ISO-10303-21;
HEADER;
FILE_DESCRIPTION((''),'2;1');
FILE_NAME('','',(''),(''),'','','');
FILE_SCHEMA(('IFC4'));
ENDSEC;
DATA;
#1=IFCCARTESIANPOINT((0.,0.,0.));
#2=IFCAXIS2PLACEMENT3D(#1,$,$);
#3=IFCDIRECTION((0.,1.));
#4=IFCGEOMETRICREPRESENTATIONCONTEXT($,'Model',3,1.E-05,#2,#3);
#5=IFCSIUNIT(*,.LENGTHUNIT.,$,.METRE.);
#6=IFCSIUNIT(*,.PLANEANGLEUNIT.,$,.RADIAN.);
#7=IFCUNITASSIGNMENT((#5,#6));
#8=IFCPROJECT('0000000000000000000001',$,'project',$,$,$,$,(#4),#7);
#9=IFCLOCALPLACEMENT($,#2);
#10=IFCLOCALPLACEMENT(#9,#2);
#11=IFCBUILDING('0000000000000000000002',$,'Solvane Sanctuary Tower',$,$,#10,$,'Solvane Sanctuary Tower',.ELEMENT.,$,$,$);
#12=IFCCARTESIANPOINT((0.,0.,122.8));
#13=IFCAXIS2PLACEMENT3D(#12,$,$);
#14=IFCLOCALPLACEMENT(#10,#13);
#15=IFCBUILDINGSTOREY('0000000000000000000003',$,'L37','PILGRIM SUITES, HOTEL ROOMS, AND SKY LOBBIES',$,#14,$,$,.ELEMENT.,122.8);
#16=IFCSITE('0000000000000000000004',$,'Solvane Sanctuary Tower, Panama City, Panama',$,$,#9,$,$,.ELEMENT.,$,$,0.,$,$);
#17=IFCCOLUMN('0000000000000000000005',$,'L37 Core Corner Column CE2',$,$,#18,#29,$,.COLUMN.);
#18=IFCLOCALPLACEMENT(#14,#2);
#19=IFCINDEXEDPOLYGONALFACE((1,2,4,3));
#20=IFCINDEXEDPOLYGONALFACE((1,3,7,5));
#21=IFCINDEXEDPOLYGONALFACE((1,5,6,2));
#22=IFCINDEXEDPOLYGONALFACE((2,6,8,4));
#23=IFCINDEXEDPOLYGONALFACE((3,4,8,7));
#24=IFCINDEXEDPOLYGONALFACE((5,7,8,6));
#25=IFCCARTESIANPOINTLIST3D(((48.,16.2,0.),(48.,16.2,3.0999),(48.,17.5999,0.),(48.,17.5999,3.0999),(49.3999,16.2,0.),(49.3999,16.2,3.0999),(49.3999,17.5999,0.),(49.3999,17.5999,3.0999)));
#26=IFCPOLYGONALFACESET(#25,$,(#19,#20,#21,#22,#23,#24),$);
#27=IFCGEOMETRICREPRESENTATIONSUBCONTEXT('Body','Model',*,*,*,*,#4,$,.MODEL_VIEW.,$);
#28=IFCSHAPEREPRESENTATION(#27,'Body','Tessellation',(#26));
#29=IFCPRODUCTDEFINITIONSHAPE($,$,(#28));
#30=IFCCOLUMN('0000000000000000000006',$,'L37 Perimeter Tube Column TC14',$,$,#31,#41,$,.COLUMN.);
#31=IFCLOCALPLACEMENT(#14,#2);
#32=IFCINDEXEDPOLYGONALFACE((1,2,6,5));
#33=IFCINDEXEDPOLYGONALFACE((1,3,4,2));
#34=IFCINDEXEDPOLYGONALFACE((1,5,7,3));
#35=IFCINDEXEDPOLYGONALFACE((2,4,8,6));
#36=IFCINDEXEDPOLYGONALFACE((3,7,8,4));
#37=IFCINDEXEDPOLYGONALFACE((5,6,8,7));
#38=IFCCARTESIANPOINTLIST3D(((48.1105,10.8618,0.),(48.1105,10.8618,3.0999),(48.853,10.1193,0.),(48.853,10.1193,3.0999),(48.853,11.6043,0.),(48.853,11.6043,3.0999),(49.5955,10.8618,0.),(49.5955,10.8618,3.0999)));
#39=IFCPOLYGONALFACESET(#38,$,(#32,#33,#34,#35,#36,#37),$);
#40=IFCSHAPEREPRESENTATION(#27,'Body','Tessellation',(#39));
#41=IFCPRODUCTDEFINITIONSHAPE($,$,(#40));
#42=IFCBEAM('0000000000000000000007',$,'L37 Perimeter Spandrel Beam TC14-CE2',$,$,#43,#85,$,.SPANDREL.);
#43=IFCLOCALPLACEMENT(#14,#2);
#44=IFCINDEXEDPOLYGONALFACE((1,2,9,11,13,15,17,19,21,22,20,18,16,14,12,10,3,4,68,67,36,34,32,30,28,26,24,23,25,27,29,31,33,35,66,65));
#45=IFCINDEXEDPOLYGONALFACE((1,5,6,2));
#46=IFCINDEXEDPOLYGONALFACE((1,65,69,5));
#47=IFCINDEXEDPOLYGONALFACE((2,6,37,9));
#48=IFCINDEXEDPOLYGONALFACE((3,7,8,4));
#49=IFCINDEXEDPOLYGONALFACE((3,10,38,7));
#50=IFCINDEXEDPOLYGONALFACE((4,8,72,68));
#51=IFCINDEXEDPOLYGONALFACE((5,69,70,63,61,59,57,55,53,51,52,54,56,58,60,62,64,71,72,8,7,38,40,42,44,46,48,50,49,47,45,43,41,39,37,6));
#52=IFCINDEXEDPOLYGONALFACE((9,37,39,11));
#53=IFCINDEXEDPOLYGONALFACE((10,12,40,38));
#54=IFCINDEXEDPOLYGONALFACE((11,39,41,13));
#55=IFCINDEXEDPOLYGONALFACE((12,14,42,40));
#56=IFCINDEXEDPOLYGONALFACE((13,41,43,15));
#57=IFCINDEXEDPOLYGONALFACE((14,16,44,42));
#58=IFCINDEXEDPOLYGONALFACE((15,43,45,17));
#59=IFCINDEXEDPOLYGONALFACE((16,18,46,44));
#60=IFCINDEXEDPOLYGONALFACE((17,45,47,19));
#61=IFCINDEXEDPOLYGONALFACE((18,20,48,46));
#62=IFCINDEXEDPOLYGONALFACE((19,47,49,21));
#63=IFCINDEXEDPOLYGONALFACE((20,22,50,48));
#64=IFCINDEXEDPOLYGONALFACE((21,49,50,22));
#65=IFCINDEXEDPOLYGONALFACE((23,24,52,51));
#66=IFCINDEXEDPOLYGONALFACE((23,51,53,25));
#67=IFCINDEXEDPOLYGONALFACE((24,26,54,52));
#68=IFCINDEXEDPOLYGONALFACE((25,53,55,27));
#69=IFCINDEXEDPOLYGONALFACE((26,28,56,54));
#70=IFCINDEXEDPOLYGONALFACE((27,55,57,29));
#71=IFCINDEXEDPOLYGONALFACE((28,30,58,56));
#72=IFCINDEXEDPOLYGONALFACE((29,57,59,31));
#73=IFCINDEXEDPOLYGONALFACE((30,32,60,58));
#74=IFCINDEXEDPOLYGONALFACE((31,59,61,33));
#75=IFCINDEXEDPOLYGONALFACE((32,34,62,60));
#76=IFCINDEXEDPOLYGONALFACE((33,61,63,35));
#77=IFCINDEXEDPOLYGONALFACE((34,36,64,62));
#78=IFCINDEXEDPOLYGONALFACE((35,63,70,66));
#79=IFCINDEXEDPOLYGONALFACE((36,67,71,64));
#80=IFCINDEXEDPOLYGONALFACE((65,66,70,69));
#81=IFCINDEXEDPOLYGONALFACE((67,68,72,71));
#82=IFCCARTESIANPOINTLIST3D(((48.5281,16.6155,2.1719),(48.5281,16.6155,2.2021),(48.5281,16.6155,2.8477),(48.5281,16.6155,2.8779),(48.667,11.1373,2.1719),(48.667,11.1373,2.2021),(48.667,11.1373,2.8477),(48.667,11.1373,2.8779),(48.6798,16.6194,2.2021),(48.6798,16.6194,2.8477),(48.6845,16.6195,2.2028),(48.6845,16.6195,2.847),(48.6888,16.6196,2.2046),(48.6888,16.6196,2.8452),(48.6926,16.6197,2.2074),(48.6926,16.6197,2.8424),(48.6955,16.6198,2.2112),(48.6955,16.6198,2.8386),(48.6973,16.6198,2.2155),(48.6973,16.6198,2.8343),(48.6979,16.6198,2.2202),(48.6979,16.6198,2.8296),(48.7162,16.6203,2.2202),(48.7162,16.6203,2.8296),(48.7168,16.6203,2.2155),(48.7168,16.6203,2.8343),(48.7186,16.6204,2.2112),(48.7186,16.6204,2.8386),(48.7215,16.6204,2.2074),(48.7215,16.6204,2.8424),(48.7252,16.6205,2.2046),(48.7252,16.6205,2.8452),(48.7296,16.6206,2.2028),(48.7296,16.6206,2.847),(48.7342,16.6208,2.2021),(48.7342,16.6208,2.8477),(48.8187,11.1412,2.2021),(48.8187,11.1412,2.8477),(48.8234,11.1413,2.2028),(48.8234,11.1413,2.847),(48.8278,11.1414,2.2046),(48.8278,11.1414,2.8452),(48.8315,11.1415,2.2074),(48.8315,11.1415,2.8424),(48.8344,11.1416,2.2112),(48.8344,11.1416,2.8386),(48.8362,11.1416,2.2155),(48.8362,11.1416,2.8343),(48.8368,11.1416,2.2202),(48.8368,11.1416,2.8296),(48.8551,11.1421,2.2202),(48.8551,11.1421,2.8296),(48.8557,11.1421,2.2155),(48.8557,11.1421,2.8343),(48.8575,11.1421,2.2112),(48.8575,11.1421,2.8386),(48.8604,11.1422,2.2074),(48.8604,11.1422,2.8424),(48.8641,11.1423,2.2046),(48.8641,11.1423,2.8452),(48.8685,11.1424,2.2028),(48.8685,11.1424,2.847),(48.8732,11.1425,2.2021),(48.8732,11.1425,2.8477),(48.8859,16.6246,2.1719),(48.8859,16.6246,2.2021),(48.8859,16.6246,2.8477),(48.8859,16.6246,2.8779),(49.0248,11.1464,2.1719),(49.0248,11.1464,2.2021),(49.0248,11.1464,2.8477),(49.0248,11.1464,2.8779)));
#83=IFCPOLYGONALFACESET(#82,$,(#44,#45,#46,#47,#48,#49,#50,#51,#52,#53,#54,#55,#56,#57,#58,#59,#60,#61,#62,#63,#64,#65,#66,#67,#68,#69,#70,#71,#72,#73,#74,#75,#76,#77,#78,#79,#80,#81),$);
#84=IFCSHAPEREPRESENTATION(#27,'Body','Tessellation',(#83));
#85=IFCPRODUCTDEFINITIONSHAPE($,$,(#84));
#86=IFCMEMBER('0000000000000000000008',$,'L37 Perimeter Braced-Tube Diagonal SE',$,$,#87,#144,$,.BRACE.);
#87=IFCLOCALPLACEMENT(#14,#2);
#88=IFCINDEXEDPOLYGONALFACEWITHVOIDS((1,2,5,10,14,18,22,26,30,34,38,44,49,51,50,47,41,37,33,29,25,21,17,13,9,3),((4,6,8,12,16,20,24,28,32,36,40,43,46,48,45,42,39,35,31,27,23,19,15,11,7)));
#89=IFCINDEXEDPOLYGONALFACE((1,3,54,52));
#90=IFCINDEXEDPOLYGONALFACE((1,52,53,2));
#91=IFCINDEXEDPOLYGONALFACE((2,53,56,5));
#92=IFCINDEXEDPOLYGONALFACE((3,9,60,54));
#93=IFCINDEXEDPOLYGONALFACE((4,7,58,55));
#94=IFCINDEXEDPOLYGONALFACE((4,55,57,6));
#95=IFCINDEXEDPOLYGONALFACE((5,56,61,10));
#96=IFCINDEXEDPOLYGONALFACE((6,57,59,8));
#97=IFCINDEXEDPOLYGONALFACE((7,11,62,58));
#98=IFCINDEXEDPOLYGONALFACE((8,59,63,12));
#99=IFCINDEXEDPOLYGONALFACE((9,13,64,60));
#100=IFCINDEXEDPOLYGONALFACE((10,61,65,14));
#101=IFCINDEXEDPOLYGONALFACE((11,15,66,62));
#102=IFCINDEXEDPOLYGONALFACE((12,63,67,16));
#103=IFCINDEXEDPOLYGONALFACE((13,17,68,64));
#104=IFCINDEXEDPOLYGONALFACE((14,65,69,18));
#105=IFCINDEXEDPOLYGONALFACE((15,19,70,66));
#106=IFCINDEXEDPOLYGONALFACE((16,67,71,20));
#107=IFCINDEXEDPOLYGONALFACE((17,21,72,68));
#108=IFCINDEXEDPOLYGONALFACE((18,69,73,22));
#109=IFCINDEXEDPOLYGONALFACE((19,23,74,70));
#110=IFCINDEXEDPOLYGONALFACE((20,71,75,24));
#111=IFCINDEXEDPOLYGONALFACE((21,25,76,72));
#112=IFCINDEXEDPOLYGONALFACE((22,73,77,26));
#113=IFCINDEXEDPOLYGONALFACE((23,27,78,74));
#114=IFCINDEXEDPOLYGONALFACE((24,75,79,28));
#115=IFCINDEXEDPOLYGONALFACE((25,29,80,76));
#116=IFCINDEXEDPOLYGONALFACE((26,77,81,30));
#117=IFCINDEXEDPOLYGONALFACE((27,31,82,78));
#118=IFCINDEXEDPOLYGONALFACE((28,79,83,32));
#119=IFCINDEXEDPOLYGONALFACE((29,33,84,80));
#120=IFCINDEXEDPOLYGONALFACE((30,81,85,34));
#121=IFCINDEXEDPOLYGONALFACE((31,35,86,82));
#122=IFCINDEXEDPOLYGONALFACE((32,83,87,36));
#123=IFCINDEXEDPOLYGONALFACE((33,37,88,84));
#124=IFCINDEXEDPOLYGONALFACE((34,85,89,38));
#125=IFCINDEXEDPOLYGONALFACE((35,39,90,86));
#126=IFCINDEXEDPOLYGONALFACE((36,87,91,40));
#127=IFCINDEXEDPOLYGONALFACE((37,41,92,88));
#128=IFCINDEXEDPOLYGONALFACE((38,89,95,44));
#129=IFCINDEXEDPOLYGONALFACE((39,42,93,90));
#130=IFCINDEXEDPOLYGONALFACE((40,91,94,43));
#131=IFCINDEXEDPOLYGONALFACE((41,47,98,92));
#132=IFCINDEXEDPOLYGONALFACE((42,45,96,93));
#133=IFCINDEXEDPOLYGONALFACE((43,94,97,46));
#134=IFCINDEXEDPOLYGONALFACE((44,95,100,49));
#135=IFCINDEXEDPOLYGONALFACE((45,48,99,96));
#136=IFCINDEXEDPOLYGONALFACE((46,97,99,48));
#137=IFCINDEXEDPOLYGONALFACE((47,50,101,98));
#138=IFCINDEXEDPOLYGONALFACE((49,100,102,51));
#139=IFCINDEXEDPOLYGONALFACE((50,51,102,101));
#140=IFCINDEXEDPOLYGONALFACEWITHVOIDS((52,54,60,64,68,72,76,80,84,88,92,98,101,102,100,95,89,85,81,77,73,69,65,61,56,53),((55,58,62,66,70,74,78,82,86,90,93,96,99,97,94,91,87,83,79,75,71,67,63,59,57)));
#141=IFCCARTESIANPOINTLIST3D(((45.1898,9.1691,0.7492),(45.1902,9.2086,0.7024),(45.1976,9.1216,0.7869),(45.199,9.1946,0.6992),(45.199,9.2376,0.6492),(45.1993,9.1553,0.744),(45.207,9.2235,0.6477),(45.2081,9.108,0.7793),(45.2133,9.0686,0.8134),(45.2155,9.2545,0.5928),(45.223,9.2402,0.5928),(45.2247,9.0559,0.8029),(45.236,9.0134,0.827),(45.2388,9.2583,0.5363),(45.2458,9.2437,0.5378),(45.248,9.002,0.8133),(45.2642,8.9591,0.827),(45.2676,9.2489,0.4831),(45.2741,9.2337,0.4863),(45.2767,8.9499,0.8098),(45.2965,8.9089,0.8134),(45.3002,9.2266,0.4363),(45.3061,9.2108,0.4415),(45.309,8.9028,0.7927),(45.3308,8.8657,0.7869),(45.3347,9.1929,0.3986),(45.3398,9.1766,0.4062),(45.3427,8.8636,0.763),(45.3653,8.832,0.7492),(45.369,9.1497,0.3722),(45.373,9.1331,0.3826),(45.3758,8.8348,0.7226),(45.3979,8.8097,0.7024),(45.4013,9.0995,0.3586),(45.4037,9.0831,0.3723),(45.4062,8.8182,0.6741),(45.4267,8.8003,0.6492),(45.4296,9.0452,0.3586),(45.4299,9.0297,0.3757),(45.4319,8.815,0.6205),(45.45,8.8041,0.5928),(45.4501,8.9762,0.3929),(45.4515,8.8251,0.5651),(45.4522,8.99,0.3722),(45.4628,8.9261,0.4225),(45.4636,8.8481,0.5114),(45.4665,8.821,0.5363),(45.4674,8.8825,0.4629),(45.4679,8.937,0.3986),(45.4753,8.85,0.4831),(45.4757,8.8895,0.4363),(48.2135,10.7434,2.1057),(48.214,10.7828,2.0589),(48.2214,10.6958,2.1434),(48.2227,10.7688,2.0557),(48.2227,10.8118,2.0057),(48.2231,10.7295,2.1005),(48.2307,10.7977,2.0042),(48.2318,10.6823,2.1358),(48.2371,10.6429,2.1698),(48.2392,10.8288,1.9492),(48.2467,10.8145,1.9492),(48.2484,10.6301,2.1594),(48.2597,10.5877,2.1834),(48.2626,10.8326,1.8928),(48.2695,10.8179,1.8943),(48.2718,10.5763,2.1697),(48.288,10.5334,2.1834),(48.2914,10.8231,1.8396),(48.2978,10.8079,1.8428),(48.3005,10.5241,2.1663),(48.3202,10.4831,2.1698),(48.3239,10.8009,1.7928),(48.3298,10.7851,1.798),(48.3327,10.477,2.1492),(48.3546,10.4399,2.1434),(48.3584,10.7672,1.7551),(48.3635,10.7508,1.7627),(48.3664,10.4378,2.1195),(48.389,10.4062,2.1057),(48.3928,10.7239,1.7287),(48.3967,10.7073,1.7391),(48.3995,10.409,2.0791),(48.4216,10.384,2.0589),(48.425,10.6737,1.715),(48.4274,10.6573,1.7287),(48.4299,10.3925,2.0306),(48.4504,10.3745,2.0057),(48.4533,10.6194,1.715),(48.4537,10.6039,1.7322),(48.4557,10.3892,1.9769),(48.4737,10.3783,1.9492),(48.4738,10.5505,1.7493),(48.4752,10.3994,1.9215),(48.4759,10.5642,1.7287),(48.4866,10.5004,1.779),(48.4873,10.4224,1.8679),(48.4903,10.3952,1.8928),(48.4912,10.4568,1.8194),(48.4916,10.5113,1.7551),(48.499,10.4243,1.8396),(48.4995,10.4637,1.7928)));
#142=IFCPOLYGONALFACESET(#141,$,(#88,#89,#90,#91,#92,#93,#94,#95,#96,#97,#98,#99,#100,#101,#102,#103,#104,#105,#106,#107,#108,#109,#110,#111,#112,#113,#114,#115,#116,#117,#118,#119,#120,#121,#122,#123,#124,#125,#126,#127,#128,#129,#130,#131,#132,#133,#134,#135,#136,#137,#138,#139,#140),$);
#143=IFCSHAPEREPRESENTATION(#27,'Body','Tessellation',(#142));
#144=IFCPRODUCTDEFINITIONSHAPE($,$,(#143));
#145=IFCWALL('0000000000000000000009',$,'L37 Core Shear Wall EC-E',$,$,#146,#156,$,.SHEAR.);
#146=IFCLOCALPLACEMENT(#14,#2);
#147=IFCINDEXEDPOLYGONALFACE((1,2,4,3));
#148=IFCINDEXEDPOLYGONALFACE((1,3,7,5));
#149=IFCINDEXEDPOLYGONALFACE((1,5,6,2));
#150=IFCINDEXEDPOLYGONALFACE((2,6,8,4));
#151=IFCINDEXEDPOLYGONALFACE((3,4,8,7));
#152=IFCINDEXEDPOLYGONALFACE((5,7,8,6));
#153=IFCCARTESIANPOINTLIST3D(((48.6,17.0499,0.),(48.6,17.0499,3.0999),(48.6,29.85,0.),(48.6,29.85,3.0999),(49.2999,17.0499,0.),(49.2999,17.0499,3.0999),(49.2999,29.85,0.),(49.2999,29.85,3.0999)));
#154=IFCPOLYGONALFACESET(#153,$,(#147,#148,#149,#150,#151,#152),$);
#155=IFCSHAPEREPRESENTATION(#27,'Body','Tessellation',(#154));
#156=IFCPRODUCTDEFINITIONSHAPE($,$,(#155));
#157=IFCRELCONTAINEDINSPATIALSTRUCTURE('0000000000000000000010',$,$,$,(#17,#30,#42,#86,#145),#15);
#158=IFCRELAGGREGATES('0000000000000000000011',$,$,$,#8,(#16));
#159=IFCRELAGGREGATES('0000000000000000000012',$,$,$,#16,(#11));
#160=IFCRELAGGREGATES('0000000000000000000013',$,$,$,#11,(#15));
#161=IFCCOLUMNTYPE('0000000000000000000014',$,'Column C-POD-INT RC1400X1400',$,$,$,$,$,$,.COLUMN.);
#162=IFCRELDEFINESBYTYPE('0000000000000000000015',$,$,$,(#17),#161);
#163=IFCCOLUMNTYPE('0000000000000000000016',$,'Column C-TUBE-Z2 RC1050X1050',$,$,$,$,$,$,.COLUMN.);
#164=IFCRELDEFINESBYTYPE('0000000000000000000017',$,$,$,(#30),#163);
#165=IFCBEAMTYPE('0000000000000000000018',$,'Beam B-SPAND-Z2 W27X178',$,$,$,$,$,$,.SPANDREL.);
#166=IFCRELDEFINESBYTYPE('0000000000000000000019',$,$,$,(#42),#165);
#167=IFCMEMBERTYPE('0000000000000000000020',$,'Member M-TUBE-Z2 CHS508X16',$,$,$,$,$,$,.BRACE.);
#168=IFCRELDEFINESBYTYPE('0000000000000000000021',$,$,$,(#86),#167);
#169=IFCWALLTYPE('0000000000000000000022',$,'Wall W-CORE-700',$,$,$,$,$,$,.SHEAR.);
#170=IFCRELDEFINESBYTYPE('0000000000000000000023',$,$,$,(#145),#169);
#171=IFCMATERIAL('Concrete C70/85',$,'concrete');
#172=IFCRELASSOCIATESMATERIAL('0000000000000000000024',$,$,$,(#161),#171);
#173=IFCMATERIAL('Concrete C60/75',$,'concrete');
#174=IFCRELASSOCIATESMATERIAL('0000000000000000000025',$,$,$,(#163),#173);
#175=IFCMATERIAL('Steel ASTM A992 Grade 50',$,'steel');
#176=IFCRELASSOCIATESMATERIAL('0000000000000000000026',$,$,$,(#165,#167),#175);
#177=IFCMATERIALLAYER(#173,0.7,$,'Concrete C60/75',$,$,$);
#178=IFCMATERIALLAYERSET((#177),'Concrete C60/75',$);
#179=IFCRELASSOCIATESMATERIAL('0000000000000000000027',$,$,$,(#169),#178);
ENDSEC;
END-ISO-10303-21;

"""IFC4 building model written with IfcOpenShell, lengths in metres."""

from ifc_helpers import new_model, si_unit, direction, frame, frame_2d, origin, origin_2d, place, context, subcontext, project, spatial, rectangle, hollow_circle, i_section, extrude, material, layer, layer_set, material_profile, profile_set, type_object, element, save


model = new_model("IFC4")

# Units and contexts
model_context = context("Model", 3, precision=1e-05, world=origin(), true_north=direction((0.0, 1.0)))
body_context = subcontext(model_context, "Body", "Model", "MODEL_VIEW")
ifc_project = project(units=[si_unit("LENGTHUNIT", "METRE"), si_unit("PLANEANGLEUNIT", "RADIAN")], contexts=[model_context])

# Site, building, storey
site_placement = place(None, origin())
site = spatial("IfcSite", under=ifc_project, at=site_placement, Name="Solvane Sanctuary Tower, Panama City, Panama", CompositionType="ELEMENT", RefElevation=0.0)
building_placement = place(site_placement, origin())
building = spatial("IfcBuilding", under=site, at=building_placement, Name="Solvane Sanctuary Tower", LongName="Solvane Sanctuary Tower", CompositionType="ELEMENT")
storey_placement = place(building_placement, frame((0.0, 0.0, 122.8)))
storey = spatial("IfcBuildingStorey", under=building, at=storey_placement, Name="L37", Description="PILGRIM SUITES, HOTEL ROOMS, AND SKY LOBBIES", CompositionType="ELEMENT", Elevation=122.8)

# Columns
ifc_material_1 = material(Name="Concrete C70/85", Category="concrete")
ifc_material_profile_1 = material_profile(ifc_material_1, rectangle(XDim=1.3999, YDim=1.3999, at=origin_2d()), Name="RC1400X1400")
ifc_profile_set_1 = profile_set([ifc_material_profile_1], Name="Concrete C70/85")
column_type_1 = type_object("IfcColumnType", Name="Column C-POD-INT RC1400X1400", PredefinedType="COLUMN", material=ifc_profile_set_1)
column_1_placement = place(storey_placement, frame((48.7, 16.8999, 0.0), z_axis=(0.0, 0.0, 1.0), x_axis=(1.0, 0.0, 0.0)))
element("IfcColumn", 1, at=column_1_placement, inside=storey, type_object=column_type_1, Name="L37 Core Corner Column CE2", PredefinedType="COLUMN", context=body_context, shape_type="SweptSolid", body=[
    extrude(rectangle(XDim=1.3999, YDim=1.3999, at=origin_2d()), origin(), (0.0, 0.0, 1.0), 3.0999),
])
ifc_material_2 = material(Name="Concrete C60/75", Category="concrete")
ifc_material_profile_2 = material_profile(ifc_material_2, rectangle(XDim=1.05, YDim=1.05, at=origin_2d()), Name="RC1050X1050")
ifc_profile_set_2 = profile_set([ifc_material_profile_2], Name="Concrete C60/75")
column_type_2 = type_object("IfcColumnType", Name="Column C-TUBE-Z2 RC1050X1050", PredefinedType="COLUMN", material=ifc_profile_set_2)
column_2_placement = place(storey_placement, frame((48.853, 10.8618, 0.0), z_axis=(0.0, 0.0, 1.0), x_axis=(0.707107, -0.707107, 0.0)))
element("IfcColumn", 2, at=column_2_placement, inside=storey, type_object=column_type_2, Name="L37 Perimeter Tube Column TC14", PredefinedType="COLUMN", context=body_context, shape_type="SweptSolid", body=[
    extrude(rectangle(XDim=1.05, YDim=1.05, at=origin_2d()), origin(), (0.0, 0.0, 1.0), 3.0999),
])

# Beam
ifc_material_3 = material(Name="Steel ASTM A992 Grade 50", Category="steel")
ifc_material_profile_3 = material_profile(ifc_material_3, i_section(OverallWidth=0.3579, OverallDepth=0.7061, WebThickness=0.0183, FlangeThickness=0.0303, FilletRadius=0.0181, at=origin_2d()), Name="W27X178")
ifc_profile_set_3 = profile_set([ifc_material_profile_3], Name="Steel ASTM A992 Grade 50")
beam_type = type_object("IfcBeamType", Name="Beam B-SPAND-Z2 W27X178", PredefinedType="SPANDREL", material=ifc_profile_set_3)
beam_placement = place(storey_placement, frame((48.8459, 11.1418, 2.5249), z_axis=(-0.025349, 0.999679, 0.0), x_axis=(-0.999679, -0.025349, 0.0)))
element("IfcBeam", 3, at=beam_placement, inside=storey, type_object=beam_type, Name="L37 Perimeter Spandrel Beam TC14-CE2", PredefinedType="SPANDREL", context=body_context, shape_type="SweptSolid", body=[
    extrude(i_section(OverallWidth=0.3579, OverallDepth=0.7061, WebThickness=0.0183, FlangeThickness=0.0303, FilletRadius=0.0181, at=origin_2d()), origin(), (0.0, 0.0, 1.0), 5.48),
])

# Member
ifc_material_profile_4 = material_profile(ifc_material_3, hollow_circle(Radius=0.2539, WallThickness=0.0161, at=origin_2d()), Name="CHS508X16")
ifc_profile_set_4 = profile_set([ifc_material_profile_4], Name="Steel ASTM A992 Grade 50")
member_type = type_object("IfcMemberType", Name="Member M-TUBE-Z2 CHS508X16", PredefinedType="BRACE", material=ifc_profile_set_4)
member_placement = place(storey_placement, frame((45.3328, 9.0293, 0.5928), z_axis=(0.824141, 0.429072, 0.369715), x_axis=(-0.461792, 0.886988, 0.0)))
element("IfcMember", 4, at=member_placement, inside=storey, type_object=member_type, Name="L37 Perimeter Braced-Tube Diagonal SE", PredefinedType="BRACE", context=body_context, shape_type="SweptSolid", body=[
    extrude(hollow_circle(Radius=0.2539, WallThickness=0.0161, at=origin_2d()), origin(), (0.0, 0.0, 1.0), 3.6689),
])

# Wall
ifc_layer_1 = layer(ifc_material_2, 0.7, Name="Concrete C60/75")
ifc_layer_set_1 = layer_set([ifc_layer_1], Name="Concrete C60/75")
wall_type_1 = type_object("IfcWallType", Name="Wall W-CORE-700", PredefinedType="SHEAR", material=ifc_layer_set_1)
wall_1_placement = place(storey_placement, frame((48.95, 17.05, 0.0), z_axis=(0.0, 0.0, 1.0), x_axis=(0.0, 1.0, 0.0)))
element("IfcWall", 5, at=wall_1_placement, inside=storey, type_object=wall_type_1, Name="L37 Core Shear Wall EC-E", PredefinedType="SHEAR", context=body_context, shape_type="SweptSolid", body=[
    extrude(rectangle(XDim=12.8, YDim=0.7, at=frame_2d((6.3999, 0.0))), origin(), (0.0, 0.0, 1.0), 3.0999),
])

save(model, "model.ifc")
